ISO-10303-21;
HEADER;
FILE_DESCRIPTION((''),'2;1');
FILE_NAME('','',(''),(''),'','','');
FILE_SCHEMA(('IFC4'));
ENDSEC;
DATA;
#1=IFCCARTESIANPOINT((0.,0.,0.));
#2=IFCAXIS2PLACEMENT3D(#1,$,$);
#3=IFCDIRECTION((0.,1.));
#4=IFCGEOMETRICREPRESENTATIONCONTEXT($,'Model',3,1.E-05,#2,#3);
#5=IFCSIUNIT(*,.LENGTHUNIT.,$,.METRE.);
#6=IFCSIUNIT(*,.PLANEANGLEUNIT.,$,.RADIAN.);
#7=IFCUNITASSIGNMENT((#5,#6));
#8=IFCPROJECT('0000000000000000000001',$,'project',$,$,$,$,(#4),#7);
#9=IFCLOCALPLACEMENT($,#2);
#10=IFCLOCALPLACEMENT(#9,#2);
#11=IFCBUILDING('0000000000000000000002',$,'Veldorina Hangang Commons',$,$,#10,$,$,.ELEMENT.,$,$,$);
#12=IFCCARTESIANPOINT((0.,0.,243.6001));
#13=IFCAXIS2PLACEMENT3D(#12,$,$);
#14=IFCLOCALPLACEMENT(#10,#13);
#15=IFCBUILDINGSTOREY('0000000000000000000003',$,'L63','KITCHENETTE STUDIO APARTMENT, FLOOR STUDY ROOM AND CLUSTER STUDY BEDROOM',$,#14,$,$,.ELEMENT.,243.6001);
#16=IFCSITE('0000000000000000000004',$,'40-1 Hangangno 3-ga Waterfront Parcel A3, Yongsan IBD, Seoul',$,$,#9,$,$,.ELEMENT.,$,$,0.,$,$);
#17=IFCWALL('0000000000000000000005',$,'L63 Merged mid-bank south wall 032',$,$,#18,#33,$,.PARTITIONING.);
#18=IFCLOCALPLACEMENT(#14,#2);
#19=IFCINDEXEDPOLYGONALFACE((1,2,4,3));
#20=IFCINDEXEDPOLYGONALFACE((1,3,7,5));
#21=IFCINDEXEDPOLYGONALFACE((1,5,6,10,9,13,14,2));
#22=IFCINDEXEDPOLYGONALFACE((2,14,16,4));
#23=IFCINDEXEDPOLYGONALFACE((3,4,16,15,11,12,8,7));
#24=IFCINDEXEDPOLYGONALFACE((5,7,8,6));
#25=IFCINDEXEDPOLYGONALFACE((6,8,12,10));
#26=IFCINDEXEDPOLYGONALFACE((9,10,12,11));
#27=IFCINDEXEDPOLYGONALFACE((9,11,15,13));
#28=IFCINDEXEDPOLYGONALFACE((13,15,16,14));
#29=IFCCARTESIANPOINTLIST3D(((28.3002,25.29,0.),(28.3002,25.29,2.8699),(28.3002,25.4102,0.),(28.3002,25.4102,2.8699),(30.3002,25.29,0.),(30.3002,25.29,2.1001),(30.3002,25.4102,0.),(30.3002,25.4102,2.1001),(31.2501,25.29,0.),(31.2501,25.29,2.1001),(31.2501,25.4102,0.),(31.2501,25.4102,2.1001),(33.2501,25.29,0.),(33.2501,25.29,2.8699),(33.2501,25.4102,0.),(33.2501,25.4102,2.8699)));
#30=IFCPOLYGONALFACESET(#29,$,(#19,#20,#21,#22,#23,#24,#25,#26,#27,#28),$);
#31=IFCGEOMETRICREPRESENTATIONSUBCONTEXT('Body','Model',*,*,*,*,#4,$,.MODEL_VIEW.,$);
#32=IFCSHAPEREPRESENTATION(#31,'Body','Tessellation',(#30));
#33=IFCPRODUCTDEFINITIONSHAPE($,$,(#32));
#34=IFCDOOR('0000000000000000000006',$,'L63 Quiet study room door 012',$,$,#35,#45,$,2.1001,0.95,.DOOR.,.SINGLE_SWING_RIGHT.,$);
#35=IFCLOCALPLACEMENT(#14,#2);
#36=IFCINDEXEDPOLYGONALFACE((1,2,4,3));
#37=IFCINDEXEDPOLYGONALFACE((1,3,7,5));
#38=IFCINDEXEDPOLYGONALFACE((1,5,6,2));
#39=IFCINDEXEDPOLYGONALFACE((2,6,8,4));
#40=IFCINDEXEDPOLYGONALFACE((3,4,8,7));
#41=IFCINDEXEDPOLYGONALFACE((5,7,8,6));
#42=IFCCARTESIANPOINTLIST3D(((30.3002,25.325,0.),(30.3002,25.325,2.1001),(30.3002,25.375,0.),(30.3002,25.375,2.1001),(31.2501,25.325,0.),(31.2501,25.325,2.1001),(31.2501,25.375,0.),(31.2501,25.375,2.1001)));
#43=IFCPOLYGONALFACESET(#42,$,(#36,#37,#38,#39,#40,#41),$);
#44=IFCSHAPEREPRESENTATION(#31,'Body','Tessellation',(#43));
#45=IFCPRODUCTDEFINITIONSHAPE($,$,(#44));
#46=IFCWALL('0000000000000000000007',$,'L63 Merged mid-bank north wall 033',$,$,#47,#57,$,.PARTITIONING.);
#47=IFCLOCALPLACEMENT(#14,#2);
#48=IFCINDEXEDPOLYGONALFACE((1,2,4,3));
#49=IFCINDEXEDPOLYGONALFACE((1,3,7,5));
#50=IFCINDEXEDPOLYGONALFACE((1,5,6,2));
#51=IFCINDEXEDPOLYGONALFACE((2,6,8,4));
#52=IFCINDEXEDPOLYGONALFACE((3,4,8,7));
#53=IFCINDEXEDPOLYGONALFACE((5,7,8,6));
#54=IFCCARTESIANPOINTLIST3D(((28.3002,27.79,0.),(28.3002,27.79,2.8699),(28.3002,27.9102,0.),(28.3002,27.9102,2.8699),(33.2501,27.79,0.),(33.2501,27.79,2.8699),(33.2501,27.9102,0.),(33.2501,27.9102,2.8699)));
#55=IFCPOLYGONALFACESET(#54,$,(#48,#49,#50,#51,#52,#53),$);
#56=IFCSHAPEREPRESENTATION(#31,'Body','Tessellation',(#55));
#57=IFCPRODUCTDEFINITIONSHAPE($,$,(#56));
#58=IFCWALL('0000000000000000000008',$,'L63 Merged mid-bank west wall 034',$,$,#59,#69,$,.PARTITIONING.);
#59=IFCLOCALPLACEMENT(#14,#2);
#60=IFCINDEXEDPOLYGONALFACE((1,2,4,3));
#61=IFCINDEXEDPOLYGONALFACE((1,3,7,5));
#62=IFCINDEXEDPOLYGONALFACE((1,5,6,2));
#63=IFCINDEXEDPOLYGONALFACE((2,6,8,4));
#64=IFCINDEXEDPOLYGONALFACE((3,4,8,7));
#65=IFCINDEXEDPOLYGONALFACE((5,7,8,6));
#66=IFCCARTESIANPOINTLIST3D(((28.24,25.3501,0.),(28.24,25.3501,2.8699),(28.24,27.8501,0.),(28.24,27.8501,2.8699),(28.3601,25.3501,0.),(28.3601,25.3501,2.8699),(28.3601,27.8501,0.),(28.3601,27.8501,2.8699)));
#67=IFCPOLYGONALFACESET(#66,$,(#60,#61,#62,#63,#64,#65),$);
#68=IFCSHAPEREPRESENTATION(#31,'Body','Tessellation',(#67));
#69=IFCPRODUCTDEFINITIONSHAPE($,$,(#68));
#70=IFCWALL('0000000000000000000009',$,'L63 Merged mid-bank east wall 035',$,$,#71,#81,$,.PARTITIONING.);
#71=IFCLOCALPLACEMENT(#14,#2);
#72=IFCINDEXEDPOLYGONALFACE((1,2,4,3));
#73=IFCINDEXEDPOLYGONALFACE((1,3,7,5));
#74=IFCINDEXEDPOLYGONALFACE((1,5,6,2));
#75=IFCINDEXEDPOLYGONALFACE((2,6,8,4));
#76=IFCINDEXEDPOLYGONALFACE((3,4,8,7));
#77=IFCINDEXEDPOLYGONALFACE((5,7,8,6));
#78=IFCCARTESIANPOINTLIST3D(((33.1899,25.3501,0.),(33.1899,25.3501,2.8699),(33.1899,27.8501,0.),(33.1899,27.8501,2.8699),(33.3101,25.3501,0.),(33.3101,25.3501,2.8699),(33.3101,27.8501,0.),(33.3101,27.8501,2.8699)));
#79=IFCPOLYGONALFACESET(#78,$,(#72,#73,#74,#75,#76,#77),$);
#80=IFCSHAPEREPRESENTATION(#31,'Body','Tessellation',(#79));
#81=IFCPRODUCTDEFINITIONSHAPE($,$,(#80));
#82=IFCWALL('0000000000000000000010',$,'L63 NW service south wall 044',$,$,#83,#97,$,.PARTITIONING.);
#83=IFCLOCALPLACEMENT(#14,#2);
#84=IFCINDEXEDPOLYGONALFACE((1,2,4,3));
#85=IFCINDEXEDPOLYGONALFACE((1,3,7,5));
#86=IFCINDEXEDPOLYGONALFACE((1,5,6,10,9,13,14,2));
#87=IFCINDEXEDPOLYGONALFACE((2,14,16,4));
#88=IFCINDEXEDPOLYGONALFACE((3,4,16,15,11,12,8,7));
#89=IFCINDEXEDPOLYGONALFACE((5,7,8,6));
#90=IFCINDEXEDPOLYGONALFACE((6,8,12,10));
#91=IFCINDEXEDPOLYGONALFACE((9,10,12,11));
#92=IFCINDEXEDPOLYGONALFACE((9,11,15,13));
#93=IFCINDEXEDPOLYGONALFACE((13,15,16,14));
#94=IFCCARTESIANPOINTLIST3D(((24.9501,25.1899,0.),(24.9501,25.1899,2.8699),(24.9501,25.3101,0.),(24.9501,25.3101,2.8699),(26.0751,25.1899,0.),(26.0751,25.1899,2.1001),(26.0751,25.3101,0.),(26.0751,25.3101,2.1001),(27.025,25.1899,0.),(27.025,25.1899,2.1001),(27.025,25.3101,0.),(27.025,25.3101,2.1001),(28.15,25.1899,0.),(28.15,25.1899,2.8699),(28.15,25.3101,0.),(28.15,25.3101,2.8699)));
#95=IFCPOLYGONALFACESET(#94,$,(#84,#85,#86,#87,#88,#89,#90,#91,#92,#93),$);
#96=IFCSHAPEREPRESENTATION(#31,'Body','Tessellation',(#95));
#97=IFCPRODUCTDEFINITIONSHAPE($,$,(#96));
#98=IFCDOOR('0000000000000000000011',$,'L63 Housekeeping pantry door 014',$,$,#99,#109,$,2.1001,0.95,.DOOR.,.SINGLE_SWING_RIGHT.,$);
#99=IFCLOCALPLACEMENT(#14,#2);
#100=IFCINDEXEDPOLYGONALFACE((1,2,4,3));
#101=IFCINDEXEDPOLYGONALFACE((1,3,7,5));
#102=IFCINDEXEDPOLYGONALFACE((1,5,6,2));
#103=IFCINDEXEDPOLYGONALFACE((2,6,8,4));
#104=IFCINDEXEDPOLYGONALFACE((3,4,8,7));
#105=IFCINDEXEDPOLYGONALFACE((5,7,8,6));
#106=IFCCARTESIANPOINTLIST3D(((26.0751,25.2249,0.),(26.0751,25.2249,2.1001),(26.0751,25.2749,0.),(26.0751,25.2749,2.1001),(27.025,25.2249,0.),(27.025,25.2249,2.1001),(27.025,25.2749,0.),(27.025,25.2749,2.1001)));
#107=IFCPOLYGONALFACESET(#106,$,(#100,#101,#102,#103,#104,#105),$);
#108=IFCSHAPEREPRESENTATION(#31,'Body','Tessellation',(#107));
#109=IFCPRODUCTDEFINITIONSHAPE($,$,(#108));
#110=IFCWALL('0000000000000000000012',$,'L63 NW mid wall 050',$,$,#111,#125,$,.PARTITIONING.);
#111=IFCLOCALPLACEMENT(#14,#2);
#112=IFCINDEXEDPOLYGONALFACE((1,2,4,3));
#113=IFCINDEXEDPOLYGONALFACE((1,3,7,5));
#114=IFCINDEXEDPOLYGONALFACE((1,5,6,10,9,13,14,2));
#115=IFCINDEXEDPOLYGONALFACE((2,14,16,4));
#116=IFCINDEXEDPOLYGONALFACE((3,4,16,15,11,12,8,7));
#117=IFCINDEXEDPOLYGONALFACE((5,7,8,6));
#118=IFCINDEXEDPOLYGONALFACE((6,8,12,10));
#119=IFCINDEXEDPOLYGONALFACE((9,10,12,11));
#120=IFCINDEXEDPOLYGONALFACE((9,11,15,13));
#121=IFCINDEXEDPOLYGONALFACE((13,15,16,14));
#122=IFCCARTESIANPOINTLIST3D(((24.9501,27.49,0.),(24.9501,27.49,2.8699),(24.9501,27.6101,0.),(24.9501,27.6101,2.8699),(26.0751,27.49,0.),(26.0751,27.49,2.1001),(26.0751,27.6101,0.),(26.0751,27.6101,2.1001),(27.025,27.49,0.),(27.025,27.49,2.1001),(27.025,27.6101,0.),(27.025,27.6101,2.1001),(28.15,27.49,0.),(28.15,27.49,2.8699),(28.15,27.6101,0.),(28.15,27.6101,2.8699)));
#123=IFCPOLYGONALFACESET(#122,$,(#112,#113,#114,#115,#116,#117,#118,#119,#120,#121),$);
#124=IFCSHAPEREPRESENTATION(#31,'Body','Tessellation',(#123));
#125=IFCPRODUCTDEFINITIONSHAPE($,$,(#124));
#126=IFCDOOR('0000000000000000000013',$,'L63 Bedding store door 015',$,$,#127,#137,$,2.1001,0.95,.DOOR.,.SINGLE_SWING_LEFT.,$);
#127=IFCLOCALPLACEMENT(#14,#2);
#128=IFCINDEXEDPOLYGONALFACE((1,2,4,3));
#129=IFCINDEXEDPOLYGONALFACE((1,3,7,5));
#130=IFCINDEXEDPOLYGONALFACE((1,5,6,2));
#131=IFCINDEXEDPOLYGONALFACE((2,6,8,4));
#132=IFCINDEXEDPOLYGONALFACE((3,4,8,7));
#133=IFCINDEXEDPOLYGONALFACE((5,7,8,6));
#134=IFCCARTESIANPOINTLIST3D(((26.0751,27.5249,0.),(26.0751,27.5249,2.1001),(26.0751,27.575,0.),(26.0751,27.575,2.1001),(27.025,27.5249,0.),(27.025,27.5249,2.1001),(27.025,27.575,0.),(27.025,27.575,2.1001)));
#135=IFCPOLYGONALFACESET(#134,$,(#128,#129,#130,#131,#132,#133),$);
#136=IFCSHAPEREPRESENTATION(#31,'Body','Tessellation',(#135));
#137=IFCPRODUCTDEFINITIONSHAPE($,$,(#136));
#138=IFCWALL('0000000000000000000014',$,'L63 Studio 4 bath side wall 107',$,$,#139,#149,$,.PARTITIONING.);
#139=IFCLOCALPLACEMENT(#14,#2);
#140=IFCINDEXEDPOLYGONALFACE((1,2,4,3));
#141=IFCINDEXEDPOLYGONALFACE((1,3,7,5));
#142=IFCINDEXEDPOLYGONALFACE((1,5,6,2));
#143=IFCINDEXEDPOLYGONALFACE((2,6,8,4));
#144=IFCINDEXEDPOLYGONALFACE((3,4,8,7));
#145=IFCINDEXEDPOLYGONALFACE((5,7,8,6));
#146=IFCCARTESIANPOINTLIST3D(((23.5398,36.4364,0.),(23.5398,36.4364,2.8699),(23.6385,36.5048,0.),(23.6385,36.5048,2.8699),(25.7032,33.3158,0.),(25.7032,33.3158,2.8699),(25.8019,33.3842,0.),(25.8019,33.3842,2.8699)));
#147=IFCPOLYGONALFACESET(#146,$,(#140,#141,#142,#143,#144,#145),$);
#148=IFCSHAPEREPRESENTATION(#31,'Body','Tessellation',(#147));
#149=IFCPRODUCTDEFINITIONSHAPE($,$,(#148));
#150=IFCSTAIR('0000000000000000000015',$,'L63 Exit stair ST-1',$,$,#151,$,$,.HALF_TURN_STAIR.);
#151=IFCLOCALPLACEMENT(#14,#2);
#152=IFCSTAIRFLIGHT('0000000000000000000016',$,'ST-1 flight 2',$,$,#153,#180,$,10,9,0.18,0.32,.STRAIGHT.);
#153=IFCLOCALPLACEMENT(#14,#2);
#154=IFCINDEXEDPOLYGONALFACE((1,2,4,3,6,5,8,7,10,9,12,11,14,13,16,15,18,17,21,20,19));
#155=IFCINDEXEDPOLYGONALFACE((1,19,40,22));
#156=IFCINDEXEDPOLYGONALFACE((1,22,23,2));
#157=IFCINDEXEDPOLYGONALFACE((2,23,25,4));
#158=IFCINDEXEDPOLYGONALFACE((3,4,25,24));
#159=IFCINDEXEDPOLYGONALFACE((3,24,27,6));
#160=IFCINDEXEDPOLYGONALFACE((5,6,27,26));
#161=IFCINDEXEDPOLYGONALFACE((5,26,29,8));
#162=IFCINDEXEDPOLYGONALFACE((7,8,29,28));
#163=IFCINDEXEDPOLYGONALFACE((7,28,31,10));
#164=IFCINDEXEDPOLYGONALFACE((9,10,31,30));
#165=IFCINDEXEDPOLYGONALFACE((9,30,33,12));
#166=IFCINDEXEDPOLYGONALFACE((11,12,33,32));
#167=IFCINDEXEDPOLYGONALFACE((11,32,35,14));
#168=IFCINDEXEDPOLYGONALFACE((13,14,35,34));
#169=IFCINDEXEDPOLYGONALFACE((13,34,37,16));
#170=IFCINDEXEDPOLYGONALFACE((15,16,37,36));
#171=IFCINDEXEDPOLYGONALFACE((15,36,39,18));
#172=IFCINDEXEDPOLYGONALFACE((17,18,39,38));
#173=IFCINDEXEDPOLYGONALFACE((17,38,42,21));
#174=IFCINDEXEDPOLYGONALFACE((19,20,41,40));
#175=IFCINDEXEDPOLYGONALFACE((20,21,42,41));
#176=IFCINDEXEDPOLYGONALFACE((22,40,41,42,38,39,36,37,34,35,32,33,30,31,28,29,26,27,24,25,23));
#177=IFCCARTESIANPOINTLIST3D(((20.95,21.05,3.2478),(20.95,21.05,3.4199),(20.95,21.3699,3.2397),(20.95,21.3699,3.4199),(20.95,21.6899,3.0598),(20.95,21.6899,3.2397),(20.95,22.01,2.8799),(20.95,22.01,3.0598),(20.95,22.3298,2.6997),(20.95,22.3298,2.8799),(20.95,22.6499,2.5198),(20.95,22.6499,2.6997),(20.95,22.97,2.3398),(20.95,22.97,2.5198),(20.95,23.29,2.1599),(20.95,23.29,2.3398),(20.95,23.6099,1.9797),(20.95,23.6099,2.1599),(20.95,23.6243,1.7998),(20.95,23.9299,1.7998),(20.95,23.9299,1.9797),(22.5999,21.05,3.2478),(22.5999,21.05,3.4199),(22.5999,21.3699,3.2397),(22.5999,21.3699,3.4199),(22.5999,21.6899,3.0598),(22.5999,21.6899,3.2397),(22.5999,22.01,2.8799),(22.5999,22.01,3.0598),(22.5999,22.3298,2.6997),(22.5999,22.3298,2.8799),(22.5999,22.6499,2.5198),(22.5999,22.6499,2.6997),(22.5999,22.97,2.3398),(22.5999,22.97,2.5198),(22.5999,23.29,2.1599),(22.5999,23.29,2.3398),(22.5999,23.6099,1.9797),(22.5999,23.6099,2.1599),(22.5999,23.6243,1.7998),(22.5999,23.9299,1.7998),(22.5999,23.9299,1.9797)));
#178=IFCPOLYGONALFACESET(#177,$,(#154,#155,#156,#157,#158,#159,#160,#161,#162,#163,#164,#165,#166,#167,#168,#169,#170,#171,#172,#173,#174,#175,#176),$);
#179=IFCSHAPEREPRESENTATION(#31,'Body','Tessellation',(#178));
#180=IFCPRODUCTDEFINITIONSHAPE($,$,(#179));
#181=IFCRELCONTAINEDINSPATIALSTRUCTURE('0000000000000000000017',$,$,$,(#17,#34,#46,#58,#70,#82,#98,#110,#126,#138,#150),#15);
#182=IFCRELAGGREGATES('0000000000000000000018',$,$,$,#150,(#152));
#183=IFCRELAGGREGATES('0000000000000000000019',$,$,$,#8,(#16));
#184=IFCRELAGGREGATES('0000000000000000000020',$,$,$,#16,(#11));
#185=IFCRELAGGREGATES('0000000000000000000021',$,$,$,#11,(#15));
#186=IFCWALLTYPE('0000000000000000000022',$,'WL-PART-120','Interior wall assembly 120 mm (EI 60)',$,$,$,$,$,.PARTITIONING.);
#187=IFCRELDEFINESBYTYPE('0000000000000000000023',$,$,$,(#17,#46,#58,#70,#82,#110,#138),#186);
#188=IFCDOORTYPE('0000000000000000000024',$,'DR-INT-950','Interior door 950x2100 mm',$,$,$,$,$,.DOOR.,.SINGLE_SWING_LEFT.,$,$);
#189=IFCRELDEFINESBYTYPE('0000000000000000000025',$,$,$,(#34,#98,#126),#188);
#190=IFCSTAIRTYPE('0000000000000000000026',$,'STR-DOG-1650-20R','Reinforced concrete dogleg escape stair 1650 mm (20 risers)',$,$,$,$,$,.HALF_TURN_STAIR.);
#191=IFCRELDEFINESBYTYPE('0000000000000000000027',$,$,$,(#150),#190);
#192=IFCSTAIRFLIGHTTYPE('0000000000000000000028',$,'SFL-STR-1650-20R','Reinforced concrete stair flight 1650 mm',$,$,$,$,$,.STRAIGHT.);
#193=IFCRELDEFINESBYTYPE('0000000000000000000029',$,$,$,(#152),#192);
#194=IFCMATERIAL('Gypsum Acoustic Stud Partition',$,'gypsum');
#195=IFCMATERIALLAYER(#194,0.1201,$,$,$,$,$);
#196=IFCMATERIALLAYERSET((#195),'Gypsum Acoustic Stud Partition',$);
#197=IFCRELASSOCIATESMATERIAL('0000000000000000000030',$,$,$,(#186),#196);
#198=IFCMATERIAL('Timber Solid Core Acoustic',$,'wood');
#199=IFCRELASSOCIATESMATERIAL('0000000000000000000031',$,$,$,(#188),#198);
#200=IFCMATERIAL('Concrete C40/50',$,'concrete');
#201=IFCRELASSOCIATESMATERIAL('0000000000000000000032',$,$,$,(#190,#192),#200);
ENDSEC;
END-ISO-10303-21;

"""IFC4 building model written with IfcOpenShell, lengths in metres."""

from ifc_helpers import new_model, si_unit, direction, frame, frame_2d, origin, place, context, subcontext, project, spatial, polyline, rectangle, outline, extrude, material, layer, layer_set, type_object, element, fill, aggregate, save


model = new_model("IFC4")

# Units and contexts
model_context = context("Model", 3, precision=1e-05, world=origin(), true_north=direction((0.0, 1.0)))
body_context = subcontext(model_context, "Body", "Model", "MODEL_VIEW")
ifc_project = project(units=[si_unit("LENGTHUNIT", "METRE"), si_unit("PLANEANGLEUNIT", "RADIAN")], contexts=[model_context])

# Site, building, storey
site_placement = place(None, origin())
site = spatial("IfcSite", under=ifc_project, at=site_placement, Name="40-1 Hangangno 3-ga Waterfront Parcel A3, Yongsan IBD, Seoul", CompositionType="ELEMENT", RefElevation=0.0)
building_placement = place(site_placement, origin())
building = spatial("IfcBuilding", under=site, at=building_placement, Name="Veldorina Hangang Commons", CompositionType="ELEMENT")
storey_placement = place(building_placement, frame((0.0, 0.0, 243.6001)))
storey = spatial("IfcBuildingStorey", under=building, at=storey_placement, Name="L63", Description="KITCHENETTE STUDIO APARTMENT, FLOOR STUDY ROOM AND CLUSTER STUDY BEDROOM", CompositionType="ELEMENT", Elevation=243.6001)

# Shared definitions
ifc_material_1 = material(Name="Gypsum Acoustic Stud Partition", Category="gypsum")
ifc_layer_1 = layer(ifc_material_1, 0.1201)
ifc_layer_set_1 = layer_set([ifc_layer_1], Name="Gypsum Acoustic Stud Partition")
wall_type_1 = type_object("IfcWallType", Name="WL-PART-120", Description="Interior wall assembly 120 mm (EI 60)", PredefinedType="PARTITIONING", material=ifc_layer_set_1)

# Wall, opening, door
wall_1_placement = place(storey_placement, frame((28.3, 25.3501, 0.0), z_axis=(0.0, 0.0, 1.0), x_axis=(1.0, 0.0, 0.0)))
wall_1 = element("IfcWall", 1, at=wall_1_placement, inside=storey, type_object=wall_type_1, Name="L63 Merged mid-bank south wall 032", PredefinedType="PARTITIONING", context=body_context, shape_type="SweptSolid", body=[
    extrude(rectangle(XDim=4.95, YDim=0.1201, at=frame_2d((2.4751, 0.0))), origin(), (0.0, 0.0, 1.0), 2.8699),
])
opening_1_placement = place(wall_1_placement, frame((2.0, 0.0, 0.0)))
opening_1 = element("IfcOpeningElement", 2, at=opening_1_placement, cuts=wall_1, PredefinedType="OPENING", context=body_context, shape_type="SweptSolid", body=[
    extrude(rectangle(XDim=0.95, YDim=2.1001, at=frame_2d((0.4751, 1.05))), frame((0.0, 0.0701, 0.0), z_axis=(0.0, -1.0, 0.0), x_axis=(1.0, 0.0, 0.0)), (0.0, 0.0, 1.0), 0.1401),
])
ifc_material_2 = material(Name="Timber Solid Core Acoustic", Category="wood")
door_type_1 = type_object("IfcDoorType", Name="DR-INT-950", Description="Interior door 950x2100 mm", OperationType="SINGLE_SWING_LEFT", PredefinedType="DOOR", material=ifc_material_2)
door_1_placement = place(opening_1_placement, origin())
door_1 = element("IfcDoor", 3, at=door_1_placement, inside=storey, type_object=door_type_1, Name="L63 Quiet study room door 012", OperationType="SINGLE_SWING_RIGHT", OverallHeight=2.1001, OverallWidth=0.95, PredefinedType="DOOR", context=body_context, shape_type="SweptSolid", body=[
    extrude(rectangle(XDim=0.95, YDim=2.1001, at=frame_2d((0.4751, 1.05))), frame((0.0, 0.0249, 0.0), z_axis=(0.0, -1.0, 0.0), x_axis=(1.0, 0.0, 0.0)), (0.0, 0.0, 1.0), 0.05),
])
fill(opening_1, door_1)

# Walls
wall_2_placement = place(storey_placement, frame((28.3, 27.8501, 0.0), z_axis=(0.0, 0.0, 1.0), x_axis=(1.0, 0.0, 0.0)))
element("IfcWall", 4, at=wall_2_placement, inside=storey, type_object=wall_type_1, Name="L63 Merged mid-bank north wall 033", PredefinedType="PARTITIONING", context=body_context, shape_type="SweptSolid", body=[
    extrude(rectangle(XDim=4.95, YDim=0.1201, at=frame_2d((2.4751, 0.0))), origin(), (0.0, 0.0, 1.0), 2.8699),
])
for number, where, z_axis, x_axis, name in (
    (5, (28.3, 25.3501, 0.0), (0.0, 0.0, 1.0), (0.0, 1.0, 0.0), "L63 Merged mid-bank west wall 034"),
    (6, (33.25, 25.3501, 0.0), (0.0, 0.0, 1.0), (0.0, 1.0, 0.0), "L63 Merged mid-bank east wall 035"),
):
    element("IfcWall", number, at=place(storey_placement, frame(where, z_axis=z_axis, x_axis=x_axis)), inside=storey, type_object=wall_type_1, Name=name, PredefinedType="PARTITIONING", context=body_context, shape_type="SweptSolid", body=[
        extrude(rectangle(XDim=2.5, YDim=0.1201, at=frame_2d((1.25, 0.0))), origin(), (0.0, 0.0, 1.0), 2.8699),
    ])

# Walls, openings, doors
wall_3_placement = place(storey_placement, frame((24.95, 25.25, 0.0), z_axis=(0.0, 0.0, 1.0), x_axis=(1.0, 0.0, 0.0)))
wall_3 = element("IfcWall", 7, at=wall_3_placement, inside=storey, type_object=wall_type_1, Name="L63 NW service south wall 044", PredefinedType="PARTITIONING", context=body_context, shape_type="SweptSolid", body=[
    extrude(rectangle(XDim=3.2, YDim=0.1201, at=frame_2d((1.6001, 0.0))), origin(), (0.0, 0.0, 1.0), 2.8699),
])
opening_2_placement = place(wall_3_placement, frame((1.125, 0.0, 0.0)))
opening_2 = element("IfcOpeningElement", 8, at=opening_2_placement, cuts=wall_3, PredefinedType="OPENING", context=body_context, shape_type="SweptSolid", body=[
    extrude(rectangle(XDim=0.95, YDim=2.1001, at=frame_2d((0.4751, 1.05))), frame((0.0, 0.0701, 0.0), z_axis=(0.0, -1.0, 0.0), x_axis=(1.0, 0.0, 0.0)), (0.0, 0.0, 1.0), 0.1401),
])
door_2_placement = place(opening_2_placement, origin())
door_2 = element("IfcDoor", 9, at=door_2_placement, inside=storey, type_object=door_type_1, Name="L63 Housekeeping pantry door 014", OperationType="SINGLE_SWING_RIGHT", OverallHeight=2.1001, OverallWidth=0.95, PredefinedType="DOOR", context=body_context, shape_type="SweptSolid", body=[
    extrude(rectangle(XDim=0.95, YDim=2.1001, at=frame_2d((0.4751, 1.05))), frame((0.0, 0.0249, 0.0), z_axis=(0.0, -1.0, 0.0), x_axis=(1.0, 0.0, 0.0)), (0.0, 0.0, 1.0), 0.05),
])
fill(opening_2, door_2)
wall_4_placement = place(storey_placement, frame((24.95, 27.55, 0.0), z_axis=(0.0, 0.0, 1.0), x_axis=(1.0, 0.0, 0.0)))
wall_4 = element("IfcWall", 10, at=wall_4_placement, inside=storey, type_object=wall_type_1, Name="L63 NW mid wall 050", PredefinedType="PARTITIONING", context=body_context, shape_type="SweptSolid", body=[
    extrude(rectangle(XDim=3.2, YDim=0.1201, at=frame_2d((1.6001, 0.0))), origin(), (0.0, 0.0, 1.0), 2.8699),
])
opening_3_placement = place(wall_4_placement, frame((1.125, 0.0, 0.0)))
opening_3 = element("IfcOpeningElement", 11, at=opening_3_placement, cuts=wall_4, PredefinedType="OPENING", context=body_context, shape_type="SweptSolid", body=[
    extrude(rectangle(XDim=0.95, YDim=2.1001, at=frame_2d((0.4751, 1.05))), frame((0.0, 0.0701, 0.0), z_axis=(0.0, -1.0, 0.0), x_axis=(1.0, 0.0, 0.0)), (0.0, 0.0, 1.0), 0.1401),
])
door_3_placement = place(opening_3_placement, origin())
door_3 = element("IfcDoor", 12, at=door_3_placement, inside=storey, type_object=door_type_1, Name="L63 Bedding store door 015", OperationType="SINGLE_SWING_LEFT", OverallHeight=2.1001, OverallWidth=0.95, PredefinedType="DOOR", context=body_context, shape_type="SweptSolid", body=[
    extrude(rectangle(XDim=0.95, YDim=2.1001, at=frame_2d((0.4751, 1.05))), frame((0.0, 0.0249, 0.0), z_axis=(0.0, -1.0, 0.0), x_axis=(1.0, 0.0, 0.0)), (0.0, 0.0, 1.0), 0.05),
])
fill(opening_3, door_3)

# Wall
wall_5_placement = place(storey_placement, frame((25.7524, 33.3501, 0.0), z_axis=(0.0, 0.0, 1.0), x_axis=(-0.569728, 0.821833, 0.0)))
element("IfcWall", 13, at=wall_5_placement, inside=storey, type_object=wall_type_1, Name="L63 Studio 4 bath side wall 107", PredefinedType="PARTITIONING", context=body_context, shape_type="SweptSolid", body=[
    extrude(rectangle(XDim=3.7971, YDim=0.1201, at=frame_2d((1.8984, 0.0))), origin(), (0.0, 0.0, 1.0), 2.8699),
])

# Stair, stair flight
ifc_material_3 = material(Name="Concrete C40/50", Category="concrete")
stair_type = type_object("IfcStairType", Name="STR-DOG-1650-20R", Description="Reinforced concrete dogleg escape stair 1650 mm (20 risers)", PredefinedType="HALF_TURN_STAIR", material=ifc_material_3)
stair_placement = place(storey_placement, origin())
stair = element("IfcStair", 14, at=stair_placement, inside=storey, type_object=stair_type, Name="L63 Exit stair ST-1", PredefinedType="HALF_TURN_STAIR")
stair_flight_type = type_object("IfcStairFlightType", Name="SFL-STR-1650-20R", Description="Reinforced concrete stair flight 1650 mm", PredefinedType="STRAIGHT", material=ifc_material_3)
stair_flight_placement = place(storey_placement, frame((21.7749, 23.9299, 1.7998), z_axis=(0.0, 0.0, 1.0), x_axis=(0.0, -1.0, 0.0)))
stair_flight = element("IfcStairFlight", 15, at=stair_flight_placement, type_object=stair_flight_type, Name="ST-1 flight 2", NumberOfRisers=10, NumberOfTreads=9, PredefinedType="STRAIGHT", RiserHeight=0.18, TreadLength=0.32, context=body_context, shape_type="SweptSolid", body=[
    extrude(outline(polyline([(0.0, 0.0), (0.0, 0.1799), (0.3201, 0.1799), (0.3201, 0.3601), (0.6399, 0.3601), (0.6399, 0.54), (0.96, 0.54), (0.96, 0.72), (1.28, 0.72), (1.28, 0.8999), (1.6001, 0.8999), (1.6001, 1.0801), (1.9199, 1.0801), (1.9199, 1.26), (2.24, 1.26), (2.24, 1.4399), (2.5601, 1.4399), (2.5601, 1.6201), (2.8799, 1.6201), (2.8799, 1.8), (2.8799, 1.448), (0.3057, 0.0), (0.0, 0.0)])), frame((0.0, 0.825, 0.0), z_axis=(0.0, -1.0, 0.0), x_axis=(1.0, 0.0, 0.0)), (0.0, 0.0, 1.0), 1.6499),
])
aggregate(stair, [stair_flight])

save(model, "model.ifc")
